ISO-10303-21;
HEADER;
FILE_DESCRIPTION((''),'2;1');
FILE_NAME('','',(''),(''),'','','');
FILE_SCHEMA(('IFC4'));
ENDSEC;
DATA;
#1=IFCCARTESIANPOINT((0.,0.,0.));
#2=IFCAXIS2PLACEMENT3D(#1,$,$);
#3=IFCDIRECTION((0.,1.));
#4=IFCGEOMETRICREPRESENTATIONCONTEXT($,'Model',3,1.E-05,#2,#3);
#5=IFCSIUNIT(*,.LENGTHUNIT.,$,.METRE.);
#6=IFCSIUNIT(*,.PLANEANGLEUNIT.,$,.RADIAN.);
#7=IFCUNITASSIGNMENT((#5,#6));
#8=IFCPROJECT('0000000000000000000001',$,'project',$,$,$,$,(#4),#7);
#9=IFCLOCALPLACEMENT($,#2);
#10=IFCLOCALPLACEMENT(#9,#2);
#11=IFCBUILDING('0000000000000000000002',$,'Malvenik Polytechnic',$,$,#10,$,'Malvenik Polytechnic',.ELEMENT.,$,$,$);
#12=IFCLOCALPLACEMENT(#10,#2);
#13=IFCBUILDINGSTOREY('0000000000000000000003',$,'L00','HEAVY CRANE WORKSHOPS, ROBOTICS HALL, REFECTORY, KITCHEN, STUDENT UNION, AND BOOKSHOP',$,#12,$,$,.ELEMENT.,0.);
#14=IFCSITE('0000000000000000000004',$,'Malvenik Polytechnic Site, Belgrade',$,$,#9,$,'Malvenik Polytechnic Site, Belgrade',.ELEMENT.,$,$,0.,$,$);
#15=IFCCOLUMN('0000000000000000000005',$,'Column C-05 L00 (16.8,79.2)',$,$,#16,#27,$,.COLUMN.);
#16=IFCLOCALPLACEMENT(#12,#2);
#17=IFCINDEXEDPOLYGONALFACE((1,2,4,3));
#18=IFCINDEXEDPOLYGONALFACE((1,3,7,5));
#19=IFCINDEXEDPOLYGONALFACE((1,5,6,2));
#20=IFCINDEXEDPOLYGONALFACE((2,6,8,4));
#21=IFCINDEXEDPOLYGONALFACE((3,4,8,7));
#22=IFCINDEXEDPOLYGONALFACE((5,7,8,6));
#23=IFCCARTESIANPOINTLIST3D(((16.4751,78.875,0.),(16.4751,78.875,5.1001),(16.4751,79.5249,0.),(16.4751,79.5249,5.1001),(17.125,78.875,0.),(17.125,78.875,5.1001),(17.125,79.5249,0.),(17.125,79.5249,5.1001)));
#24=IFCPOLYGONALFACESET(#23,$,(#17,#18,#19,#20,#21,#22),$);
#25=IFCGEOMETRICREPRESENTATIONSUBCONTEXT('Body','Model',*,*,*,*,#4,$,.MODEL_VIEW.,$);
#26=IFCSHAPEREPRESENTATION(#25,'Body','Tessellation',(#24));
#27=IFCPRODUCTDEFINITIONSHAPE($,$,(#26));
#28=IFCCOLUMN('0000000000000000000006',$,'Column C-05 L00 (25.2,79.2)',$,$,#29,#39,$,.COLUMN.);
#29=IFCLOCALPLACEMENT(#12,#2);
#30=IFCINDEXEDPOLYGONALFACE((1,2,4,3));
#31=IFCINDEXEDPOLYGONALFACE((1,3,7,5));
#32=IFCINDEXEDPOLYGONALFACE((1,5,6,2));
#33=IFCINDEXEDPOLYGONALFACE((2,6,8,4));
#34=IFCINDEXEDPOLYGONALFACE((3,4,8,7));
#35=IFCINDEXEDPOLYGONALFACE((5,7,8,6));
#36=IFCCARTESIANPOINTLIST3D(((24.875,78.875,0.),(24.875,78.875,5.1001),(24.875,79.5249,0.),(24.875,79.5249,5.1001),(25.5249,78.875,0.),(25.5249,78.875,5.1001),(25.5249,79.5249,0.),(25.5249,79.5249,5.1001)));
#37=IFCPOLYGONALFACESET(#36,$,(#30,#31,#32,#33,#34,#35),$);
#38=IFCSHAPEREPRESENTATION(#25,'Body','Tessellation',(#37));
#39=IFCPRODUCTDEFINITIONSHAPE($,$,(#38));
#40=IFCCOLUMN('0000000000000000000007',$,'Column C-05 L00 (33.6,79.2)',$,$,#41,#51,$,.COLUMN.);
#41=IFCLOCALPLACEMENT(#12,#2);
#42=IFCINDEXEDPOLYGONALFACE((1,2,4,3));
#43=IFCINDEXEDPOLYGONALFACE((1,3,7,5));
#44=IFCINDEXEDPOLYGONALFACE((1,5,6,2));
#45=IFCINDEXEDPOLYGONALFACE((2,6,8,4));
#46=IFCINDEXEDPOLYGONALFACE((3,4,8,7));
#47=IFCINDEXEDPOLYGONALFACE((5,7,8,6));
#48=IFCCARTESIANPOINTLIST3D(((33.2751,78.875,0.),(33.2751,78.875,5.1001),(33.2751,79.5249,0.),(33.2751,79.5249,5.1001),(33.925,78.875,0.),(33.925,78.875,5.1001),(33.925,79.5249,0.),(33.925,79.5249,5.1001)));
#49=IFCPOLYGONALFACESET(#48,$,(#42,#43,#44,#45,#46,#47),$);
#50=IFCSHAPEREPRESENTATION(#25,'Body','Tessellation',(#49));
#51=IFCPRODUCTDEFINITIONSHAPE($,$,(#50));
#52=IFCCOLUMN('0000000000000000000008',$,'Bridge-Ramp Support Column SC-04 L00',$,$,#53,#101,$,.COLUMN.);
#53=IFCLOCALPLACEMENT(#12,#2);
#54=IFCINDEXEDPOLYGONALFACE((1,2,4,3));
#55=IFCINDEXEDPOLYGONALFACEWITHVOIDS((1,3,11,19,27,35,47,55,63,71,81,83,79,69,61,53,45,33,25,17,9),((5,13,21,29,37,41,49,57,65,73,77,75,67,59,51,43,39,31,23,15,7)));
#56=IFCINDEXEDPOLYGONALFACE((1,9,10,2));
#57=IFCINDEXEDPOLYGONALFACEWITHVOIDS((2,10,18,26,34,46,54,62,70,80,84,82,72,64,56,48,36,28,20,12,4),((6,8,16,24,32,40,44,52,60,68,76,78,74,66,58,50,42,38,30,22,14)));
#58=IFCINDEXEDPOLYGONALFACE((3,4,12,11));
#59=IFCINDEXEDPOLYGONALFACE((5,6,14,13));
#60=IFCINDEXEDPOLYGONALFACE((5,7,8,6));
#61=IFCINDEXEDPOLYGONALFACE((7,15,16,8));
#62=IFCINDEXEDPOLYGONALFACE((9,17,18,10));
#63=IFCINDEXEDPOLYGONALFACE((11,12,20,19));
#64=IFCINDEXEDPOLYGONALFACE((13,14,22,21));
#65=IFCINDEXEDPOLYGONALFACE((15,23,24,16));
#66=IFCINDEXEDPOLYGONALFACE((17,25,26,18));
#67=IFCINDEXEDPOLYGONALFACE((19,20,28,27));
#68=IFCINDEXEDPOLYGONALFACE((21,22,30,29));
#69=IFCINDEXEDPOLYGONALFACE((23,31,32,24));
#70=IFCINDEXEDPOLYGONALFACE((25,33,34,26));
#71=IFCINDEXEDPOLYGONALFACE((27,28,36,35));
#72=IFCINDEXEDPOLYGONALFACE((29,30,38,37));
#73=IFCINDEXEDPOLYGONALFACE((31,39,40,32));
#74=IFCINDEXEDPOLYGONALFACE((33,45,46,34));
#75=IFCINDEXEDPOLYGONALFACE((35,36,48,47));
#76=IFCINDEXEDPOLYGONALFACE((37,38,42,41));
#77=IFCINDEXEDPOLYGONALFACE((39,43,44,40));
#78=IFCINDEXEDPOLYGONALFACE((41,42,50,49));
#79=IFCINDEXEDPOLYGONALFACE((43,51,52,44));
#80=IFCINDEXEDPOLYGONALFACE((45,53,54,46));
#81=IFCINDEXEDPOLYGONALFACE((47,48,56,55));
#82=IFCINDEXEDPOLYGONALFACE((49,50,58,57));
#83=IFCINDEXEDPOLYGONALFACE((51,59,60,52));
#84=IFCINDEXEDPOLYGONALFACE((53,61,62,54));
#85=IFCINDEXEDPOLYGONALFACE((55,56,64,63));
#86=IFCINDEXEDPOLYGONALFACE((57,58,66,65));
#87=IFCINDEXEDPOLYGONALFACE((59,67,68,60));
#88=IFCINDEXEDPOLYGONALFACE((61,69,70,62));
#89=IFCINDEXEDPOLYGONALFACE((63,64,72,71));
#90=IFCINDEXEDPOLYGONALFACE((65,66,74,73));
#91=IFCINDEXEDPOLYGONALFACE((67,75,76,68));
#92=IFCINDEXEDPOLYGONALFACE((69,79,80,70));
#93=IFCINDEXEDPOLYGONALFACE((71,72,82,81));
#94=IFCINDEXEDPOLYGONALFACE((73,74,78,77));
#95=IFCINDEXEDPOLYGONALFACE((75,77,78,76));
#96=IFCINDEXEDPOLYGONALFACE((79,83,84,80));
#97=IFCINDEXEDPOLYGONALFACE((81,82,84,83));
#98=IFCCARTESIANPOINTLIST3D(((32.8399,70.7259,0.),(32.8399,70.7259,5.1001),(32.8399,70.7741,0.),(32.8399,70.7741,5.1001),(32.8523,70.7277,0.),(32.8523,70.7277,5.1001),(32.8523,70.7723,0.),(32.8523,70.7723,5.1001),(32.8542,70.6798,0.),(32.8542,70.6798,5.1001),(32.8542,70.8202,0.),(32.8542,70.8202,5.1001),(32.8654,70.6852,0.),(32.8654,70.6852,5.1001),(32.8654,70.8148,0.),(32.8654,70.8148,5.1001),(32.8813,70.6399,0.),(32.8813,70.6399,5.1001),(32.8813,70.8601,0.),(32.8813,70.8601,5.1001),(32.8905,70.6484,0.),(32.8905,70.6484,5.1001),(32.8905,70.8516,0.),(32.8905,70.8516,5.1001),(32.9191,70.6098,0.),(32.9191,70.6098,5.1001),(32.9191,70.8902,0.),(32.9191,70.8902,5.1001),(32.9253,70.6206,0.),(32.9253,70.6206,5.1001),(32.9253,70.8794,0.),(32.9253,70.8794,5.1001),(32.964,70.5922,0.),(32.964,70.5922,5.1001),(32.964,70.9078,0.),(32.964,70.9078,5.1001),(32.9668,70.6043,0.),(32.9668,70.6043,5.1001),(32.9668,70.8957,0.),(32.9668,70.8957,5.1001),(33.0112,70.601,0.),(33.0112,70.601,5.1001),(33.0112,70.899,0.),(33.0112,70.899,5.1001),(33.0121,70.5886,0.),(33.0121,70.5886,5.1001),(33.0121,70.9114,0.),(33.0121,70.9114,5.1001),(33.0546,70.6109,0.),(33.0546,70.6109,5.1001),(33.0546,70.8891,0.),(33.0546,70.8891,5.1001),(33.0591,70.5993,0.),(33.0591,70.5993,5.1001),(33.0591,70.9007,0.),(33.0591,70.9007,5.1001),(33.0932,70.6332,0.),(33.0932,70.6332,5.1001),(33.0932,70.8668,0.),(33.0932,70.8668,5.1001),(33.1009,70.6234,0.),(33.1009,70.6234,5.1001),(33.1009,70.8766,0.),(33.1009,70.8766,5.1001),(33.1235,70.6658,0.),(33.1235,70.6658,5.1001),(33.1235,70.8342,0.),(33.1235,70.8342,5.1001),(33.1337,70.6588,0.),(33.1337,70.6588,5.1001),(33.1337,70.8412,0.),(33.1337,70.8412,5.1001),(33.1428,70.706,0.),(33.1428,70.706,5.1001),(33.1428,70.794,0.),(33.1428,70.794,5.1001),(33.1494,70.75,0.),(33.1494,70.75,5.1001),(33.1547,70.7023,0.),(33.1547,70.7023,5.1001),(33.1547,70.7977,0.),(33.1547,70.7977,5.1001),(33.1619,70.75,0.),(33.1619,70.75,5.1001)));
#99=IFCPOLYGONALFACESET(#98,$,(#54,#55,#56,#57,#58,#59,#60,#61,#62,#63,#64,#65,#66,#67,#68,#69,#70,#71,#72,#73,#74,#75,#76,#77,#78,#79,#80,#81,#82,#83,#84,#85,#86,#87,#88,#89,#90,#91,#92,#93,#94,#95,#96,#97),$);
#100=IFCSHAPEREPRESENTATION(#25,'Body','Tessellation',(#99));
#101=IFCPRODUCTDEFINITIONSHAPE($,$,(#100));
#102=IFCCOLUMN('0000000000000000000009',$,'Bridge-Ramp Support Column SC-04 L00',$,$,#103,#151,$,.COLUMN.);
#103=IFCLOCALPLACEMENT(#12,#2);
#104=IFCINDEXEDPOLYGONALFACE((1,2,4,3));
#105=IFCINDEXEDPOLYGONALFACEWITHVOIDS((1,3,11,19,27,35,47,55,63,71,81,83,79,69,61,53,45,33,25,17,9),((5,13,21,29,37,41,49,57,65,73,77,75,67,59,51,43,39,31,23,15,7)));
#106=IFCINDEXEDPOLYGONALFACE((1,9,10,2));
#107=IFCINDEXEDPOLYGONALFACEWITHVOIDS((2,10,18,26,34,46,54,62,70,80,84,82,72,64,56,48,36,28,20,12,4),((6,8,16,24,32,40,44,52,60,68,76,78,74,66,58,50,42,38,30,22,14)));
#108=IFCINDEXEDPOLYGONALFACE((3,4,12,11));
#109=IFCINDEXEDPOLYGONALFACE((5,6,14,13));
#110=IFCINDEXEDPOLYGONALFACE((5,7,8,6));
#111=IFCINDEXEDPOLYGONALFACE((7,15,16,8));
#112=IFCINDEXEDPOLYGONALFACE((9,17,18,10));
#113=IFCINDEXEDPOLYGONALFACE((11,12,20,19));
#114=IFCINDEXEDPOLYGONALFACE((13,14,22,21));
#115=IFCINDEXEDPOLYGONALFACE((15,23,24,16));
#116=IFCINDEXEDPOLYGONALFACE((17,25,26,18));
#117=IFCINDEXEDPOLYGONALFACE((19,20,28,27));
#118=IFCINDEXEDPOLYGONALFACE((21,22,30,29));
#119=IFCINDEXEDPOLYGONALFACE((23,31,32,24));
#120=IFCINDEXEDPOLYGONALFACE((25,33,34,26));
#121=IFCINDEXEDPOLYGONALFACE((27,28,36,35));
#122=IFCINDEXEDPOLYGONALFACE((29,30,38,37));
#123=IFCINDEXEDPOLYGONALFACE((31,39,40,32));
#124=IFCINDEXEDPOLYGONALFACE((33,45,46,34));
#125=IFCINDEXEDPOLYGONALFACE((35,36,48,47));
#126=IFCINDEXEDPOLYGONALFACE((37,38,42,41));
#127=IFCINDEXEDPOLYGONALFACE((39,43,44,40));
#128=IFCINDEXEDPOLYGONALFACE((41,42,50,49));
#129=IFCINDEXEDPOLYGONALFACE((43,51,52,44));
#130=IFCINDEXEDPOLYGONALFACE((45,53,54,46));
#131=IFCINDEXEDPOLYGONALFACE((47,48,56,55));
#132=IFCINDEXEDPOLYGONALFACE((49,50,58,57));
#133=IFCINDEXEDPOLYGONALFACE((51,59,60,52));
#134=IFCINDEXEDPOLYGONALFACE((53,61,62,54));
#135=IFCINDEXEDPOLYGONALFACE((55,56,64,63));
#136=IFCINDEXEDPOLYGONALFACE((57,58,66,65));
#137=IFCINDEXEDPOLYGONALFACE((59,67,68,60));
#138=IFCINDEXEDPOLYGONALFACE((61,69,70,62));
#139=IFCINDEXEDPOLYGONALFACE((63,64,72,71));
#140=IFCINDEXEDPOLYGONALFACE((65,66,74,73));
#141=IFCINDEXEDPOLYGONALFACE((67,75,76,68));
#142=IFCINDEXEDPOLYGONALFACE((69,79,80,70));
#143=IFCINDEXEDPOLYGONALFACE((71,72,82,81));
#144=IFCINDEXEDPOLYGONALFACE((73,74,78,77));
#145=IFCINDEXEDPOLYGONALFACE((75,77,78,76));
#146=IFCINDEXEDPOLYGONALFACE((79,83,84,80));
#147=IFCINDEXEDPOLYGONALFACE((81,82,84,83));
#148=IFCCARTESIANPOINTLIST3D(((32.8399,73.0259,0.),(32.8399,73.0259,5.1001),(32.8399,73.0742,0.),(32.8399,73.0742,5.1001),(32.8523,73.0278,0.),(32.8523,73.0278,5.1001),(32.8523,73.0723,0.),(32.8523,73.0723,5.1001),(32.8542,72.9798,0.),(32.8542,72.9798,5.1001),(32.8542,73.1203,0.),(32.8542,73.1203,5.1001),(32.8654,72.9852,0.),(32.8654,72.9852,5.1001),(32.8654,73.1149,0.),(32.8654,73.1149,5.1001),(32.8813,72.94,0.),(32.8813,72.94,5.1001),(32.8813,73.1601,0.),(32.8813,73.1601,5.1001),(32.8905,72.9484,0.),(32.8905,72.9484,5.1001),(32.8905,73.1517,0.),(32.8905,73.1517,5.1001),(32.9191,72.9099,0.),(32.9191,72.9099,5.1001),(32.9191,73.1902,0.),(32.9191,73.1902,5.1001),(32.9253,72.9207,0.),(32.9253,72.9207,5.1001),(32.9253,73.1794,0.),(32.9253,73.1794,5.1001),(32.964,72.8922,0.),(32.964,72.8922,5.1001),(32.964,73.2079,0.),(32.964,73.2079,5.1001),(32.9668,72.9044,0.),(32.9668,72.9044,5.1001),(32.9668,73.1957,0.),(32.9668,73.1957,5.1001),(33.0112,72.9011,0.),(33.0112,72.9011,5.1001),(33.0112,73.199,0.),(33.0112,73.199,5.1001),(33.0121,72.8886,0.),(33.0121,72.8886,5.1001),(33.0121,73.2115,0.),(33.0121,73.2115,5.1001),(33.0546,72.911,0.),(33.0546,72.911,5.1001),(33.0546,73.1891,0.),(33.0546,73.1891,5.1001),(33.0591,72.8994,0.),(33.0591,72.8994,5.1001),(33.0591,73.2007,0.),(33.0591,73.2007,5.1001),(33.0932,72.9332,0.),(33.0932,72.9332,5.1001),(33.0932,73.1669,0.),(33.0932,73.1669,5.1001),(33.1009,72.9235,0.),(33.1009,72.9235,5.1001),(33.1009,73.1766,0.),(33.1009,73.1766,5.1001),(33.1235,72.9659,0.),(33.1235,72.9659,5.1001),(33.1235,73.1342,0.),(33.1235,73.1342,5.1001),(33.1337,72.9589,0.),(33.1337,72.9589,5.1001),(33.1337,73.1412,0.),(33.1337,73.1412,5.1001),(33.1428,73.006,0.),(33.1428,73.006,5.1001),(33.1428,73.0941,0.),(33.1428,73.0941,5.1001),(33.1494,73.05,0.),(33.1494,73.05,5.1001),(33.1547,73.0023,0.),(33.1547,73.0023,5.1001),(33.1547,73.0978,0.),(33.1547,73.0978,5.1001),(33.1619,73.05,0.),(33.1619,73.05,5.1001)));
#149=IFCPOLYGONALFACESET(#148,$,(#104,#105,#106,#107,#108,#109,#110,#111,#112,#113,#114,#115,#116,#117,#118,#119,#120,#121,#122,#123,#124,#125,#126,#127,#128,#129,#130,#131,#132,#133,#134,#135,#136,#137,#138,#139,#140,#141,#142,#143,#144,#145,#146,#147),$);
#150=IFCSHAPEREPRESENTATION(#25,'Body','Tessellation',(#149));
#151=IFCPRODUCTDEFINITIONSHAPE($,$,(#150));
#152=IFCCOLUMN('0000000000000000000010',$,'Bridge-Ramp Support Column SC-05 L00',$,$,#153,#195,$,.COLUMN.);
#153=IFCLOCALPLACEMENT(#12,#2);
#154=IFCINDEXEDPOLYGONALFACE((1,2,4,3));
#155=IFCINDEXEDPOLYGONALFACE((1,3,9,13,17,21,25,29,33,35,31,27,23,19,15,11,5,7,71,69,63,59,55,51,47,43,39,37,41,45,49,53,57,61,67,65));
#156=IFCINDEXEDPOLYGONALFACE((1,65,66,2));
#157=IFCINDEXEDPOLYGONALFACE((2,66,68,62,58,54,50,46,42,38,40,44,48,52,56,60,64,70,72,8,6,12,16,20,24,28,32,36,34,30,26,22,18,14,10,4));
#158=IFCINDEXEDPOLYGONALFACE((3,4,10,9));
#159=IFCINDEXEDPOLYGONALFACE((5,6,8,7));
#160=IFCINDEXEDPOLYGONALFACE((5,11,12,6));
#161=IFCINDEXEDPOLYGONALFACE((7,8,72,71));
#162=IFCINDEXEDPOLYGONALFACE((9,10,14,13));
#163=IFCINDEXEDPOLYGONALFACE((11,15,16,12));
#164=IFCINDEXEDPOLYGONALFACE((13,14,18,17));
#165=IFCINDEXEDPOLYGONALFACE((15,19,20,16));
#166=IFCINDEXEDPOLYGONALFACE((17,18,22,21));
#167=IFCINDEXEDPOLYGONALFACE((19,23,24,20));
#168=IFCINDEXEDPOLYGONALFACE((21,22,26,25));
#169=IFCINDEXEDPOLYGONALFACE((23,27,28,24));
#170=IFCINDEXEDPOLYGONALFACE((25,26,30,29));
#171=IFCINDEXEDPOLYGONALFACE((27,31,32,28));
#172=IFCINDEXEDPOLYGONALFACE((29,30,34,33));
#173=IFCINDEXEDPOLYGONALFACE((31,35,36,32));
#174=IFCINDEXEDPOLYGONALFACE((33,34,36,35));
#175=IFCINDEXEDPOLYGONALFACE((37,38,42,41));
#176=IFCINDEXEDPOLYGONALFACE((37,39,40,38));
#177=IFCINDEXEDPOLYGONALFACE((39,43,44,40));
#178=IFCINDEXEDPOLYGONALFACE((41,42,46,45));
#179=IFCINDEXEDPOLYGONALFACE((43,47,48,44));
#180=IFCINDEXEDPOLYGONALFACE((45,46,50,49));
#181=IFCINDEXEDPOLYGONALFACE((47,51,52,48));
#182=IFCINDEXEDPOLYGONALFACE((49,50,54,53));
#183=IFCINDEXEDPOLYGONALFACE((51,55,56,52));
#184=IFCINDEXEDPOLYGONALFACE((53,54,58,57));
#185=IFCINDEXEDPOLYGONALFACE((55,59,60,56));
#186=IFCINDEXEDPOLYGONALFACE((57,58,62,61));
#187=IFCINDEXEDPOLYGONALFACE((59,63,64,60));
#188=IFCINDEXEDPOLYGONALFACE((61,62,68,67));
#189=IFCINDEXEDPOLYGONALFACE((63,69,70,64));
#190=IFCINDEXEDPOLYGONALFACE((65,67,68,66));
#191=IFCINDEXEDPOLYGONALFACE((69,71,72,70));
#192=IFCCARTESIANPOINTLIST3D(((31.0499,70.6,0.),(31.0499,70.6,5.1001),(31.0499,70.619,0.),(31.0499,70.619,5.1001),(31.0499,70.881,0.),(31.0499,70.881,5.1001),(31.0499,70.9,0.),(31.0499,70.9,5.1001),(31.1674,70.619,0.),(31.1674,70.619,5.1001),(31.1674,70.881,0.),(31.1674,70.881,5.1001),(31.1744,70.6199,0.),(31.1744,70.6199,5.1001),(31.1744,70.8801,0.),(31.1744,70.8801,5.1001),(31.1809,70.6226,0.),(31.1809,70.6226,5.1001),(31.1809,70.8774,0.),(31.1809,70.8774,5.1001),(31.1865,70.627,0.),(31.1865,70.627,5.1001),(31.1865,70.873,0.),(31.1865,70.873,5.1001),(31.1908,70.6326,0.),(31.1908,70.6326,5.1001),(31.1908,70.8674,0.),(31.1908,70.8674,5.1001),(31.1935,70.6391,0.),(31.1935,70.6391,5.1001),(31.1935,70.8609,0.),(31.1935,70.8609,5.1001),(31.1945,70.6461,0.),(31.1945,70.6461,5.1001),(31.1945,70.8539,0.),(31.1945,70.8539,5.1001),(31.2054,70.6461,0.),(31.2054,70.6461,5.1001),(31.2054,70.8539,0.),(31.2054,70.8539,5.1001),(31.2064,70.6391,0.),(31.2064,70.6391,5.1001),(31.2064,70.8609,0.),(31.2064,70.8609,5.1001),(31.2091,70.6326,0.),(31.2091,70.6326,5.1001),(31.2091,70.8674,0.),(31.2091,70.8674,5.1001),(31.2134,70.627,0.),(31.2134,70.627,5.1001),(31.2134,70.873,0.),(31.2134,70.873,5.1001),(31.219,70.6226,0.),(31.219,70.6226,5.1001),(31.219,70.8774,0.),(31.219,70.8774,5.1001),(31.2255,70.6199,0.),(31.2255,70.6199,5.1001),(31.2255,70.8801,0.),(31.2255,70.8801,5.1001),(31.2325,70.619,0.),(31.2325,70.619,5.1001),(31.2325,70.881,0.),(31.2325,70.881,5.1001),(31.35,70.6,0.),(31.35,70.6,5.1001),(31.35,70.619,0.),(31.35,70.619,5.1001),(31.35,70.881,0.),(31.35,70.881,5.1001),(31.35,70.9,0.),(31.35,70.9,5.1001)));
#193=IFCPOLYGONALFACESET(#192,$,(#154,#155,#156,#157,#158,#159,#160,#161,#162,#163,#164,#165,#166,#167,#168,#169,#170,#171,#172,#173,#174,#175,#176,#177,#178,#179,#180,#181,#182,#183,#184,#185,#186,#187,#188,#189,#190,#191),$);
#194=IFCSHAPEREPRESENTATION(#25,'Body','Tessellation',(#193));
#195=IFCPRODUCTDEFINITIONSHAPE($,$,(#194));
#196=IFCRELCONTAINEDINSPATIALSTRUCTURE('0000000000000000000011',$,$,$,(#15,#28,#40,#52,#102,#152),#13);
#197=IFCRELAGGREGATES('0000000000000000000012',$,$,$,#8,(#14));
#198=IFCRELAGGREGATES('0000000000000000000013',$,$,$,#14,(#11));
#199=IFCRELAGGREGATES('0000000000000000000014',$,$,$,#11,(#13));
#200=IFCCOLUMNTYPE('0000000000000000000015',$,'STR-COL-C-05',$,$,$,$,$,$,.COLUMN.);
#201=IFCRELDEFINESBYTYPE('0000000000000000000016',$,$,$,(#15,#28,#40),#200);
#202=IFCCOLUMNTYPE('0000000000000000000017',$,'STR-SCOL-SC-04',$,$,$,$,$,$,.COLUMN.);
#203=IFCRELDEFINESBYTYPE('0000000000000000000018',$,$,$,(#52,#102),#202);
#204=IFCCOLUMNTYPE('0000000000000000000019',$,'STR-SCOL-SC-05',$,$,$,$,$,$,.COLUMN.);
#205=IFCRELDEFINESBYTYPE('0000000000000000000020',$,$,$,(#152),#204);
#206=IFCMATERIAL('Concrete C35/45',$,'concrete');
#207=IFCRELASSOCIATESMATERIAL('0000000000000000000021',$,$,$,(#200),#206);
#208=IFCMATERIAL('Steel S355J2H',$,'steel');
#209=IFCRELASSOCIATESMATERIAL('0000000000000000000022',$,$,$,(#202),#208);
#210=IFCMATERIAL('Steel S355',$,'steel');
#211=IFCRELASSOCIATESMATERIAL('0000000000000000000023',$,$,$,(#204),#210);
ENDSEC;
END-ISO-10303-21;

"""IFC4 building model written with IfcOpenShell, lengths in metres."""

from ifc_helpers import new_model, si_unit, direction, frame, origin, origin_2d, place, context, subcontext, project, spatial, rectangle, hollow_circle, i_section, extrude, material, material_profile, profile_set, type_object, element, save


model = new_model("IFC4")

# Units and contexts
model_context = context("Model", 3, precision=1e-05, world=origin(), true_north=direction((0.0, 1.0)))
body_context = subcontext(model_context, "Body", "Model", "MODEL_VIEW")
ifc_project = project(units=[si_unit("LENGTHUNIT", "METRE"), si_unit("PLANEANGLEUNIT", "RADIAN")], contexts=[model_context])

# Site, building, storey
site_placement = place(None, origin())
site = spatial("IfcSite", under=ifc_project, at=site_placement, Name="Malvenik Polytechnic Site, Belgrade", LongName="Malvenik Polytechnic Site, Belgrade", CompositionType="ELEMENT", RefElevation=0.0)
building_placement = place(site_placement, origin())
building = spatial("IfcBuilding", under=site, at=building_placement, Name="Malvenik Polytechnic", LongName="Malvenik Polytechnic", CompositionType="ELEMENT")
storey_placement = place(building_placement, origin())
storey = spatial("IfcBuildingStorey", under=building, at=storey_placement, Name="L00", Description="HEAVY CRANE WORKSHOPS, ROBOTICS HALL, REFECTORY, KITCHEN, STUDENT UNION, AND BOOKSHOP", CompositionType="ELEMENT", Elevation=0.0)

# Columns
ifc_material_1 = material(Name="Concrete C35/45", Category="concrete")
ifc_material_profile_1 = material_profile(ifc_material_1, rectangle(XDim=0.6499, YDim=0.6499, at=origin_2d()), Name="RC COL 650x650")
ifc_profile_set_1 = profile_set([ifc_material_profile_1], Name="Concrete C35/45")
column_type_1 = type_object("IfcColumnType", Name="STR-COL-C-05", PredefinedType="COLUMN", material=ifc_profile_set_1)
for number, where, z_axis, x_axis, name in (
    (1, (16.8, 79.2, 0.0), (0.0, 0.0, 1.0), (1.0, 0.0, 0.0), "Column C-05 L00 (16.8,79.2)"),
    (2, (25.2, 79.2, 0.0), (0.0, 0.0, 1.0), (1.0, 0.0, 0.0), "Column C-05 L00 (25.2,79.2)"),
    (3, (33.6001, 79.2, 0.0), (0.0, 0.0, 1.0), (1.0, 0.0, 0.0), "Column C-05 L00 (33.6,79.2)"),
):
    element("IfcColumn", number, at=place(storey_placement, frame(where, z_axis=z_axis, x_axis=x_axis)), inside=storey, type_object=column_type_1, Name=name, PredefinedType="COLUMN", context=body_context, shape_type="SweptSolid", body=[
        extrude(rectangle(XDim=0.6499, YDim=0.6499, at=origin_2d()), origin(), (0.0, 0.0, 1.0), 5.1001),
    ])
ifc_material_2 = material(Name="Steel S355J2H", Category="steel")
ifc_material_profile_2 = material_profile(ifc_material_2, hollow_circle(Radius=0.1619, WallThickness=0.0125, at=origin_2d()), Name="CHS 323.9x12.5")
ifc_profile_set_2 = profile_set([ifc_material_profile_2], Name="Steel S355J2H")
column_type_2 = type_object("IfcColumnType", Name="STR-SCOL-SC-04", PredefinedType="COLUMN", material=ifc_profile_set_2)
for number, where, z_axis, x_axis, name in (
    (4, (33.0, 70.75, 0.0), (0.0, 0.0, 1.0), (1.0, 0.0, 0.0), "Bridge-Ramp Support Column SC-04 L00"),
    (5, (33.0, 73.05, 0.0), (0.0, 0.0, 1.0), (1.0, 0.0, 0.0), "Bridge-Ramp Support Column SC-04 L00"),
):
    element("IfcColumn", number, at=place(storey_placement, frame(where, z_axis=z_axis, x_axis=x_axis)), inside=storey, type_object=column_type_2, Name=name, PredefinedType="COLUMN", context=body_context, shape_type="SweptSolid", body=[
        extrude(hollow_circle(Radius=0.1619, WallThickness=0.0125, at=origin_2d()), origin(), (0.0, 0.0, 1.0), 5.1001),
    ])
ifc_material_3 = material(Name="Steel S355", Category="steel")
ifc_material_profile_3 = material_profile(ifc_material_3, i_section(OverallWidth=0.3, OverallDepth=0.3, WebThickness=0.011, FlangeThickness=0.019, FilletRadius=0.0271, at=origin_2d()), Name="HEB 300")
ifc_profile_set_3 = profile_set([ifc_material_profile_3], Name="Steel S355")
column_type_3 = type_object("IfcColumnType", Name="STR-SCOL-SC-05", PredefinedType="COLUMN", material=ifc_profile_set_3)
for number, where, z_axis, x_axis, name in (
    (6, (31.2, 70.75, 0.0), (0.0, 0.0, 1.0), (1.0, 0.0, 0.0), "Bridge-Ramp Support Column SC-05 L00"),
):
    element("IfcColumn", number, at=place(storey_placement, frame(where, z_axis=z_axis, x_axis=x_axis)), inside=storey, type_object=column_type_3, Name=name, PredefinedType="COLUMN", context=body_context, shape_type="SweptSolid", body=[
        extrude(i_section(OverallWidth=0.3, OverallDepth=0.3, WebThickness=0.011, FlangeThickness=0.019, FilletRadius=0.0271, at=origin_2d()), origin(), (0.0, 0.0, 1.0), 5.1001),
    ])

save(model, "model.ifc")
